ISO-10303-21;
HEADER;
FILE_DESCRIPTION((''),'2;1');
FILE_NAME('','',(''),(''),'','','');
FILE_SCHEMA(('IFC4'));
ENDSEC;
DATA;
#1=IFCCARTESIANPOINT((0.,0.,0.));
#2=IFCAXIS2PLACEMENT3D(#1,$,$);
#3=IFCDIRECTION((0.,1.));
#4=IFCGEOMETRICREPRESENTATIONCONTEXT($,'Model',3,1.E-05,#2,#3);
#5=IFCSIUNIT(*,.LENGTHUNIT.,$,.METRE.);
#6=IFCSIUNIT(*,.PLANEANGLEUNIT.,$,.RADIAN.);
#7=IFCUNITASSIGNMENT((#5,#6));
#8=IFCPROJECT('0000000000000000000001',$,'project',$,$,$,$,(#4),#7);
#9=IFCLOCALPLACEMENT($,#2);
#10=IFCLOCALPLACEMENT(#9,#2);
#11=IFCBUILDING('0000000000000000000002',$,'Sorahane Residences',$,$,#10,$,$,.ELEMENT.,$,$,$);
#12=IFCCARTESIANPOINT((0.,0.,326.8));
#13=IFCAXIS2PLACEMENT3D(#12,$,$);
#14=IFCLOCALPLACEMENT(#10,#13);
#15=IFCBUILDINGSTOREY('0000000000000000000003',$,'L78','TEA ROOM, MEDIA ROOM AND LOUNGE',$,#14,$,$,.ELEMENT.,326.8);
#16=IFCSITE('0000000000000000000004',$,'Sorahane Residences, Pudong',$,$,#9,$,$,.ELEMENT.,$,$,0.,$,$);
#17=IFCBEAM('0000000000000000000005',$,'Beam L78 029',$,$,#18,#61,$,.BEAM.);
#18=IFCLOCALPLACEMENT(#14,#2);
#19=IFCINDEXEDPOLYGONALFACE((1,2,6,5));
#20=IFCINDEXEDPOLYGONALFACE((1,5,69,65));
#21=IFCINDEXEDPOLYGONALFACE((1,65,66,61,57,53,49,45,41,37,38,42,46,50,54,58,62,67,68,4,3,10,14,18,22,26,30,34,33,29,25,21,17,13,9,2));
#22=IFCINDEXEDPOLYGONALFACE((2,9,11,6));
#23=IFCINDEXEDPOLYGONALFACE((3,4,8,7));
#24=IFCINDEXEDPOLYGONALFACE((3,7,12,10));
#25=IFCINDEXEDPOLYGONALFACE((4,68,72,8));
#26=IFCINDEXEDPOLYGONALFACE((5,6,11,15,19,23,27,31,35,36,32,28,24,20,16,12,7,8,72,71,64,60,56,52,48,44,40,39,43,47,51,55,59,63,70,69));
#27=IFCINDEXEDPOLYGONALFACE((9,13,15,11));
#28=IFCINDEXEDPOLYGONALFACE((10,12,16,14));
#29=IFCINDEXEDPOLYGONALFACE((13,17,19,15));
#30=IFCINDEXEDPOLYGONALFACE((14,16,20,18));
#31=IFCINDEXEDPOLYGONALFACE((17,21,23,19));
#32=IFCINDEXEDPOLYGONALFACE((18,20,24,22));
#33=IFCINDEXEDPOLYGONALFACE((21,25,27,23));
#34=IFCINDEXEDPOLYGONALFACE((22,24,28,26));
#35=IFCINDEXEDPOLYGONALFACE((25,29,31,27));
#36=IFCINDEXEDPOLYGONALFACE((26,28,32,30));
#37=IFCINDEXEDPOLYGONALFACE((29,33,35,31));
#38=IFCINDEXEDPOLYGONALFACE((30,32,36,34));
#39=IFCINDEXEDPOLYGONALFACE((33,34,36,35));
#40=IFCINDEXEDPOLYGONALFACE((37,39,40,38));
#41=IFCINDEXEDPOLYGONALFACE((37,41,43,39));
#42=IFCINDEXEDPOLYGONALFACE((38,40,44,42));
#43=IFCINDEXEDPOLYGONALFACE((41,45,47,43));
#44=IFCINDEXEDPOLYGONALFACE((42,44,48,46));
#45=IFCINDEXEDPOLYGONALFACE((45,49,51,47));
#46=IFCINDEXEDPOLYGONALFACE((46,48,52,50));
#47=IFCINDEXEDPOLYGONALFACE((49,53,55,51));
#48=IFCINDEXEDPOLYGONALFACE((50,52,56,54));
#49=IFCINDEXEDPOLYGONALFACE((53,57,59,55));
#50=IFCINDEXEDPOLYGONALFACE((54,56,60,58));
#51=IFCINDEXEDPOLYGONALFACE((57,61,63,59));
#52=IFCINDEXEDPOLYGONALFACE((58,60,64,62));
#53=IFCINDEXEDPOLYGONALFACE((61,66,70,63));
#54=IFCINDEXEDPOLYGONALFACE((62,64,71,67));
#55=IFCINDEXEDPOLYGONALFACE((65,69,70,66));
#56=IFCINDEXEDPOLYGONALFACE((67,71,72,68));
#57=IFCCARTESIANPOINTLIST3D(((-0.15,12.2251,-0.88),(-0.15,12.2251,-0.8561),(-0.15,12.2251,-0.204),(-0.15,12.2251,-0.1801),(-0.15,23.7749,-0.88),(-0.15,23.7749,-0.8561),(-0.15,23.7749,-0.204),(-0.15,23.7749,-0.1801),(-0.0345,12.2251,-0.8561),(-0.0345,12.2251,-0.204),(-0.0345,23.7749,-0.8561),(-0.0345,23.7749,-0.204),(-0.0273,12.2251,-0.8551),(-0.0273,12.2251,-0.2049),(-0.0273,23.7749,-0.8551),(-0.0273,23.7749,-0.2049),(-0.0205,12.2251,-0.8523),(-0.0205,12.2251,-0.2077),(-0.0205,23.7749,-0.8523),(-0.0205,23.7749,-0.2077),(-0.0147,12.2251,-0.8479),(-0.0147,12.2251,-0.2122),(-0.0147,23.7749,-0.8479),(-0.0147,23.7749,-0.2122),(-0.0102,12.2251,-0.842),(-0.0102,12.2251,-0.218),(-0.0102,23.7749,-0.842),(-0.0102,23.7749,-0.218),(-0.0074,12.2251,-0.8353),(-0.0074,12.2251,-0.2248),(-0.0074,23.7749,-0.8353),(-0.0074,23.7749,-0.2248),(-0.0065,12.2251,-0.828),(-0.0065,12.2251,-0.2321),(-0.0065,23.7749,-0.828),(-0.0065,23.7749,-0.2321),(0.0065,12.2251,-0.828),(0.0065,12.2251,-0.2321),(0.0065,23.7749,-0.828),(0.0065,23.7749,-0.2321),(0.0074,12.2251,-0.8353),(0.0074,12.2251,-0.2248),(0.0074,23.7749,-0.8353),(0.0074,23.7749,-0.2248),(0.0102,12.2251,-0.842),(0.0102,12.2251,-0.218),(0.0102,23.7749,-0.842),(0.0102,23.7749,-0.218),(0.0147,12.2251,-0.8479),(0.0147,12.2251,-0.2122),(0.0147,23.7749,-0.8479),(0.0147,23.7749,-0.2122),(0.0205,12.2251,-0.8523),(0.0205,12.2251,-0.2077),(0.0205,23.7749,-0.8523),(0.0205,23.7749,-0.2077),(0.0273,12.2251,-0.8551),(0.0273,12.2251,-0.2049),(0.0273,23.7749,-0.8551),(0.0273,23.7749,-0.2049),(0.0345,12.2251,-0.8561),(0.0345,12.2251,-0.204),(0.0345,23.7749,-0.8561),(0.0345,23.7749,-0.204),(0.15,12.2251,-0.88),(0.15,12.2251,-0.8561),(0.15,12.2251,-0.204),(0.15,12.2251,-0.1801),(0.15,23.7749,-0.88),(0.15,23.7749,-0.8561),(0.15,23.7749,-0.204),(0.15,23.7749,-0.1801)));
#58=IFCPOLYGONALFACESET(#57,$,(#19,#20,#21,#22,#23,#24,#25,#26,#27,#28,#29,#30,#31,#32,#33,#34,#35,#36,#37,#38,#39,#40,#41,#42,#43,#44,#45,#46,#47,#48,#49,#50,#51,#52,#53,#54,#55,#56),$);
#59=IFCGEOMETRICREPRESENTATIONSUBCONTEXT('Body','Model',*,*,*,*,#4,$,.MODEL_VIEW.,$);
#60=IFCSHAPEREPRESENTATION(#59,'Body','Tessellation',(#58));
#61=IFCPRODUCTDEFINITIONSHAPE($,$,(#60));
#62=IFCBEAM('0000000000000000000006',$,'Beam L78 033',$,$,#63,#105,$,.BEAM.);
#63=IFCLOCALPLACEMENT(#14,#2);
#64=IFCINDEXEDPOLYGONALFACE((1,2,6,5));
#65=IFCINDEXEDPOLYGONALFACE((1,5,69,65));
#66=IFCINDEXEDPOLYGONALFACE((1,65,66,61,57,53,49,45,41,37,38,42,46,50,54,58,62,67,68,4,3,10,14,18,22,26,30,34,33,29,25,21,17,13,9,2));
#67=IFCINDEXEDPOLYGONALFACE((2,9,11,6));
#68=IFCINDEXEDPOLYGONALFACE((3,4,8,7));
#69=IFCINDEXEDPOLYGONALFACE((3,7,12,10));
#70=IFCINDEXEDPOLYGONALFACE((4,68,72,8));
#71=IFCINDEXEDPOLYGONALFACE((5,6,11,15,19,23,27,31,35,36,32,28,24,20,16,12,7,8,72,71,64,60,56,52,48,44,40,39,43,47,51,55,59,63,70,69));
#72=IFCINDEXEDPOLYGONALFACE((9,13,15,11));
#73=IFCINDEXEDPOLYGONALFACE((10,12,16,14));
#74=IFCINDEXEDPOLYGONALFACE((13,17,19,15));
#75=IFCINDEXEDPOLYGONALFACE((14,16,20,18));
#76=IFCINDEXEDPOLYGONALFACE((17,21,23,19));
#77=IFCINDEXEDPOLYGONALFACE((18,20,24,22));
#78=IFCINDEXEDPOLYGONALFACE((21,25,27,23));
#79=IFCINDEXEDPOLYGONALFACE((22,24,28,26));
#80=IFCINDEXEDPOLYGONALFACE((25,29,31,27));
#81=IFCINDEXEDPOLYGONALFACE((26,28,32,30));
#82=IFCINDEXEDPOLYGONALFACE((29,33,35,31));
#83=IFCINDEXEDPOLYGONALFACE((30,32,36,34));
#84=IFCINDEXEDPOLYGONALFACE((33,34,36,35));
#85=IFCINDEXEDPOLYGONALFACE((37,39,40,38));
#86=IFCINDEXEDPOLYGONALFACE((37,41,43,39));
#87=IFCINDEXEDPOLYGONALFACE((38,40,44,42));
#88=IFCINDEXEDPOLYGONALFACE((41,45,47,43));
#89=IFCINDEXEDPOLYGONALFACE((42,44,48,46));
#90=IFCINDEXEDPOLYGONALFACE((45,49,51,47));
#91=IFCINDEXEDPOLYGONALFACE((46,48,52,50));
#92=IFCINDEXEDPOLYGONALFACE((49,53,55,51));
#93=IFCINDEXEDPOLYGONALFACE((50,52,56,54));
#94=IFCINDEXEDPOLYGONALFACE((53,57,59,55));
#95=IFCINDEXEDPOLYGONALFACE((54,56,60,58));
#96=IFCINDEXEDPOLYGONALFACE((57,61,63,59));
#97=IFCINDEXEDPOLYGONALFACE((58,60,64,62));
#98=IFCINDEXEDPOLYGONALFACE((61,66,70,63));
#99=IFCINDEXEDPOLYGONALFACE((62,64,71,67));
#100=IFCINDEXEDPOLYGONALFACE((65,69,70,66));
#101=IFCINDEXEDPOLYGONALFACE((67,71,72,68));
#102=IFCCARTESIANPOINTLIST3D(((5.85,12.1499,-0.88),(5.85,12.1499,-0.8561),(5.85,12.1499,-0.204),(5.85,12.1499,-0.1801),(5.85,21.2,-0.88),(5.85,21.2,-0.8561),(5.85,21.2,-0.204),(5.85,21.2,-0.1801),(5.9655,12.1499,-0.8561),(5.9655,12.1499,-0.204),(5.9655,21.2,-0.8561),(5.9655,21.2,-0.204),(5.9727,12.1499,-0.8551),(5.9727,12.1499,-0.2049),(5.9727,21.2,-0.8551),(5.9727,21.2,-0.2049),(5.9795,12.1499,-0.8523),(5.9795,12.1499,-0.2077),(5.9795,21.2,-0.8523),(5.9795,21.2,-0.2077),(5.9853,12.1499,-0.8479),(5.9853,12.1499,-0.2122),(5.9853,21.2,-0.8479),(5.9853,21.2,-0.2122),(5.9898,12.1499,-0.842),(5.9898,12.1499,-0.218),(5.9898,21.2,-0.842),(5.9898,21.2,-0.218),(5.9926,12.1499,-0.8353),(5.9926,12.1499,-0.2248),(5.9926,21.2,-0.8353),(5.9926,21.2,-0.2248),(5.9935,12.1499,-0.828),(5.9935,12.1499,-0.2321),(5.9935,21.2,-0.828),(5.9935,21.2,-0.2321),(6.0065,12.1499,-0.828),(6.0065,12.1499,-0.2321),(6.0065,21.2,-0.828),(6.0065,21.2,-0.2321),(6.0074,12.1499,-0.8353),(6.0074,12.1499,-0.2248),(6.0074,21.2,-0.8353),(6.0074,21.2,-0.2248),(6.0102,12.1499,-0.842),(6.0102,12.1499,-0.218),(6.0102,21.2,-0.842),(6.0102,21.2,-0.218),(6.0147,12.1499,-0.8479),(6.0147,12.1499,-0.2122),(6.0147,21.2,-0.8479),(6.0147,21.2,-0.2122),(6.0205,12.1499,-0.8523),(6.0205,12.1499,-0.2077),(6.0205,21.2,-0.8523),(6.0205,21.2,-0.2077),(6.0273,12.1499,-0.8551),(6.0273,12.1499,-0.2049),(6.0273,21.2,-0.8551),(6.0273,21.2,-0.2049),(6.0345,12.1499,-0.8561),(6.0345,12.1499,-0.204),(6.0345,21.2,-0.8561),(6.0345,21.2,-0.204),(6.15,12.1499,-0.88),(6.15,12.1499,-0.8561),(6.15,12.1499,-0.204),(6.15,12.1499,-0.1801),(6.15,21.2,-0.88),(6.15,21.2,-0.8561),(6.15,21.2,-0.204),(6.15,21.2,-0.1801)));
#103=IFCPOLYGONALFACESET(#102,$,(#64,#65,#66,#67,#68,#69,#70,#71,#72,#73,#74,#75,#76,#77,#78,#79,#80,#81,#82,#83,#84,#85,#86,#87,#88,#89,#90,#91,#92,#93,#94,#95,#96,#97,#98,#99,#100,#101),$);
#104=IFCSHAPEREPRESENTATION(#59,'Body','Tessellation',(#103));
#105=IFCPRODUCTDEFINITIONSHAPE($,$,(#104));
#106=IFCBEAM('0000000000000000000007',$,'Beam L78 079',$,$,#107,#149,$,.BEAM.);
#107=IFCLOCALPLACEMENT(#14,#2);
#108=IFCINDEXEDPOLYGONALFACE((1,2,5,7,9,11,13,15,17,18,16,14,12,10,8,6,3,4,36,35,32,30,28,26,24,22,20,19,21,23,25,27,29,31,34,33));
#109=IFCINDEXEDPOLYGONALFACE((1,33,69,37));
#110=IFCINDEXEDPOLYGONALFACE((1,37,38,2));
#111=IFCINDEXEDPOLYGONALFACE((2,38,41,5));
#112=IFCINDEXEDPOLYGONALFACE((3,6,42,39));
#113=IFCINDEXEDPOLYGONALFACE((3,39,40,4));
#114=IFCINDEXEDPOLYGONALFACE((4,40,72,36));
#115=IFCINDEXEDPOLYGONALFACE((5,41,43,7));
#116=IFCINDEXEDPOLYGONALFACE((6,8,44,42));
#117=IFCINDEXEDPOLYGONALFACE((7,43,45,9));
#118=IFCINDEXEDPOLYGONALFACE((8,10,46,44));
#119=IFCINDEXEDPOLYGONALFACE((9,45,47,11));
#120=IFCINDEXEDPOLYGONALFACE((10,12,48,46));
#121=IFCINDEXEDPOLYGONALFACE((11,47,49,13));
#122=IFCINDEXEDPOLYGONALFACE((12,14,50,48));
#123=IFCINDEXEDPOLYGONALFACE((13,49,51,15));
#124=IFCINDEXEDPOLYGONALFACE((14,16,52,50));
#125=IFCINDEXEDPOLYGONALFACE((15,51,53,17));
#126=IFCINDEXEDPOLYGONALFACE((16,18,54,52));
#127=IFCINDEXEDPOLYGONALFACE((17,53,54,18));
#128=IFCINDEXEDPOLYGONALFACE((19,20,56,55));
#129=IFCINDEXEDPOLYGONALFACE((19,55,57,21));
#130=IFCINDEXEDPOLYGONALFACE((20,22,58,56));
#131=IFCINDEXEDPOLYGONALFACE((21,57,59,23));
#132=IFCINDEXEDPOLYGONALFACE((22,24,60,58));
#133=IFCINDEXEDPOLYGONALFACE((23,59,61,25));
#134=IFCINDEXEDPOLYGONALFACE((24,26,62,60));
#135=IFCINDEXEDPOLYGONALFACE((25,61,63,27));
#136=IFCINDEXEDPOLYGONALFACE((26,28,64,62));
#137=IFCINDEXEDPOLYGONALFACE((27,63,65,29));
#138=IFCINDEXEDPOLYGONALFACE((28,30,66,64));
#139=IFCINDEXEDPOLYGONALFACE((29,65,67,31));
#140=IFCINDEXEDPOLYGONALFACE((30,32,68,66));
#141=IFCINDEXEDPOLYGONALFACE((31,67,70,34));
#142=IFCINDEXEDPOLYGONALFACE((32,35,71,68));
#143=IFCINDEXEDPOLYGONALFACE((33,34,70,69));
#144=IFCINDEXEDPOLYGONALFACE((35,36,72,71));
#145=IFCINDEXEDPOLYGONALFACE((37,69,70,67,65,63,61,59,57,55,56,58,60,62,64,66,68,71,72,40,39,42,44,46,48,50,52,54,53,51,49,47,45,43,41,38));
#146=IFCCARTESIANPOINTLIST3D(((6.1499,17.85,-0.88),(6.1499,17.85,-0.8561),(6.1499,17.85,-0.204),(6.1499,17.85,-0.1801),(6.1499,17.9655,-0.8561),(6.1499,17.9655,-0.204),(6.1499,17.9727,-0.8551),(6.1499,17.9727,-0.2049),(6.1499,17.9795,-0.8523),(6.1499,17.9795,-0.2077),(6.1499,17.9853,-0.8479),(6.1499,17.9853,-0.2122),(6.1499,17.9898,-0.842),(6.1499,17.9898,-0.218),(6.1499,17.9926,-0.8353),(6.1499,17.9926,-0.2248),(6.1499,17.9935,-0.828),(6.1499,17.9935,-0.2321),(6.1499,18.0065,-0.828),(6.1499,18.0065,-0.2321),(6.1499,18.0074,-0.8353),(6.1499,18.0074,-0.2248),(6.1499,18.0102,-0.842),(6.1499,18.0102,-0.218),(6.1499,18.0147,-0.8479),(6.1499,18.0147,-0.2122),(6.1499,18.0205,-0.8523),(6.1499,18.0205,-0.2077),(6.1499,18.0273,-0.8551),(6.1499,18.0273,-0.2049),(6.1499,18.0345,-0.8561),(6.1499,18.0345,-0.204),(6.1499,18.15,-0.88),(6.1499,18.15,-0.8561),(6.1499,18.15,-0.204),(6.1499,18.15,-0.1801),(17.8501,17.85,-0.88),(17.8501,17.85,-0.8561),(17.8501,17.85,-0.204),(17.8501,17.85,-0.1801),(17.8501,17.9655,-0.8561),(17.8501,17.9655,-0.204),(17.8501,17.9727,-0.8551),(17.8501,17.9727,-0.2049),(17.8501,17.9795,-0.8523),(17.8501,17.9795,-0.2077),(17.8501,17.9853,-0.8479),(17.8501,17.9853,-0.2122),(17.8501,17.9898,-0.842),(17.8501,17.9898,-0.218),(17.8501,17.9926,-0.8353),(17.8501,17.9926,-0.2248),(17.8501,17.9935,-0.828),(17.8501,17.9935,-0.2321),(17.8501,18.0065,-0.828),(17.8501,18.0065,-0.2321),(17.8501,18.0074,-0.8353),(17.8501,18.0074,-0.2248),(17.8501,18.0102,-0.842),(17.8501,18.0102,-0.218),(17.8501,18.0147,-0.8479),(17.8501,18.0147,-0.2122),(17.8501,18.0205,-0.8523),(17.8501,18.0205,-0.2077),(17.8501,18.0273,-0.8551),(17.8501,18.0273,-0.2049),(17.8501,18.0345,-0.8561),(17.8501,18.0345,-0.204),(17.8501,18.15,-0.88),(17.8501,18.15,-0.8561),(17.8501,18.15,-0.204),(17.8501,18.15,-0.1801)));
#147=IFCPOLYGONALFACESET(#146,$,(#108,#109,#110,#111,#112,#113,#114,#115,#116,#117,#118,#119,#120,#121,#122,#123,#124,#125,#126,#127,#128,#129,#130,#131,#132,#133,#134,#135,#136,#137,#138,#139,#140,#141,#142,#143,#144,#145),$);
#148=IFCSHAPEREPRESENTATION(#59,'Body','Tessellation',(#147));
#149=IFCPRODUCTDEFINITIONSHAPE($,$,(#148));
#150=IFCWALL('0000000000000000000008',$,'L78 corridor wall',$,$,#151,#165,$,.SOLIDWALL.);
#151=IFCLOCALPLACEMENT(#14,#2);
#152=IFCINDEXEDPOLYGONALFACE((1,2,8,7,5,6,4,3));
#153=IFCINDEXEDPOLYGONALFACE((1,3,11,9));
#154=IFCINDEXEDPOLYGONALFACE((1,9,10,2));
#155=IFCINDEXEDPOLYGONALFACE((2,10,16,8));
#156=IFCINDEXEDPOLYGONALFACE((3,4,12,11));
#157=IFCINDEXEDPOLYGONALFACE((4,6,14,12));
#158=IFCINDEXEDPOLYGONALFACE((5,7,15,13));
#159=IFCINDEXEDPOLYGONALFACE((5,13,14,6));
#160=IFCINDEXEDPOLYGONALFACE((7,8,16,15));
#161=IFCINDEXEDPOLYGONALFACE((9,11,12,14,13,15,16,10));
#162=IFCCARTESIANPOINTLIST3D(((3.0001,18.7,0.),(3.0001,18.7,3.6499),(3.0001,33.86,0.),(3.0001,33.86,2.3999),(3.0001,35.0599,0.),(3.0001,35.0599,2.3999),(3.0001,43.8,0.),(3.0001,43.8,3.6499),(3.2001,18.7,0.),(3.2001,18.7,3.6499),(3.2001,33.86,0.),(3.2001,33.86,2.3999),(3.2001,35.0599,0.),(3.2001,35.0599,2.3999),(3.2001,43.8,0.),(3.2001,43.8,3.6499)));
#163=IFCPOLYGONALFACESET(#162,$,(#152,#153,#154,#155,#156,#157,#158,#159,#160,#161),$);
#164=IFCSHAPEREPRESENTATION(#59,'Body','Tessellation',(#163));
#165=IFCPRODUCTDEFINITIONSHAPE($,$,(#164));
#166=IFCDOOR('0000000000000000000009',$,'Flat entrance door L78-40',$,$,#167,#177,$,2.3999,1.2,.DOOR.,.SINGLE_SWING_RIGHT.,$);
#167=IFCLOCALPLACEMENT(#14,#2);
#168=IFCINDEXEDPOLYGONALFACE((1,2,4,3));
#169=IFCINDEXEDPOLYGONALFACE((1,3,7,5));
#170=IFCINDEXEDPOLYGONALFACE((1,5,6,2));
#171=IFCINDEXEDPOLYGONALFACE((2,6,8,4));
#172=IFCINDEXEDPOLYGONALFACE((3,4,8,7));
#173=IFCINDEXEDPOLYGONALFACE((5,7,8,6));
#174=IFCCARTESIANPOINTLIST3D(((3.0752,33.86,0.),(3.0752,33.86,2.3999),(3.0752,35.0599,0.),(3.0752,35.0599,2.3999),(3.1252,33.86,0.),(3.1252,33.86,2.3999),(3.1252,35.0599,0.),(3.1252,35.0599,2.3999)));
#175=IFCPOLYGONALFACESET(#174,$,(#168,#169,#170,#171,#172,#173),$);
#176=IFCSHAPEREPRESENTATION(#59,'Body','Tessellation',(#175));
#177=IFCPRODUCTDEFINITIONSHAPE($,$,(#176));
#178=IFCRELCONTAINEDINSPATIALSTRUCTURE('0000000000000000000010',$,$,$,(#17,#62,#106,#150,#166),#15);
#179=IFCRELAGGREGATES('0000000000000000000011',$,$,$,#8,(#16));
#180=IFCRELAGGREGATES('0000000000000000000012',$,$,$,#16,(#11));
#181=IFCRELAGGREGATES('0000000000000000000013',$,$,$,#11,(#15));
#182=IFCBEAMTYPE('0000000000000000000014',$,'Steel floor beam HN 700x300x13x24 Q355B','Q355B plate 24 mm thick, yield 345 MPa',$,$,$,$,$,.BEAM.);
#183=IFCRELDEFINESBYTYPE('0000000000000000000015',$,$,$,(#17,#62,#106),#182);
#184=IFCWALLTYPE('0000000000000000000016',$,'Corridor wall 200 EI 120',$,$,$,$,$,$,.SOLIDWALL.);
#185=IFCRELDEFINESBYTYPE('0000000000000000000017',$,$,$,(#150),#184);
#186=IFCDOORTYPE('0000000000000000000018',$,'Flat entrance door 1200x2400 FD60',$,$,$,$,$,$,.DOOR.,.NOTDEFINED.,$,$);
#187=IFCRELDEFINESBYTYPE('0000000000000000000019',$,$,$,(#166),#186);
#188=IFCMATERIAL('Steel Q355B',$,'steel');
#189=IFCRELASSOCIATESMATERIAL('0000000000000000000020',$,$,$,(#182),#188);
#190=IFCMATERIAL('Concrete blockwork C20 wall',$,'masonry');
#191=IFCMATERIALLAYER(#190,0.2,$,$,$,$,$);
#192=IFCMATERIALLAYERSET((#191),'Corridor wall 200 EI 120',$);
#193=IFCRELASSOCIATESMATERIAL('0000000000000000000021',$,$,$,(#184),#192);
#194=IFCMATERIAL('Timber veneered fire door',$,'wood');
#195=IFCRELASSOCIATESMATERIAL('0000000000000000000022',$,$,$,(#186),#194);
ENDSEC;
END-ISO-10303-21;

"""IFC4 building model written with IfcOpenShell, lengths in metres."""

from ifc_helpers import new_model, si_unit, direction, frame, frame_2d, origin, origin_2d, place, context, subcontext, project, spatial, rectangle, i_section, extrude, material, layer, layer_set, material_profile, profile_set, type_object, element, fill, save


model = new_model("IFC4")

# Units and contexts
model_context = context("Model", 3, precision=1e-05, world=origin(), true_north=direction((0.0, 1.0)))
body_context = subcontext(model_context, "Body", "Model", "MODEL_VIEW")
ifc_project = project(units=[si_unit("LENGTHUNIT", "METRE"), si_unit("PLANEANGLEUNIT", "RADIAN")], contexts=[model_context])

# Site, building, storey
site_placement = place(None, origin())
site = spatial("IfcSite", under=ifc_project, at=site_placement, Name="Sorahane Residences, Pudong", CompositionType="ELEMENT", RefElevation=0.0)
building_placement = place(site_placement, origin())
building = spatial("IfcBuilding", under=site, at=building_placement, Name="Sorahane Residences", CompositionType="ELEMENT")
storey_placement = place(building_placement, frame((0.0, 0.0, 326.8)))
storey = spatial("IfcBuildingStorey", under=building, at=storey_placement, Name="L78", Description="TEA ROOM, MEDIA ROOM AND LOUNGE", CompositionType="ELEMENT", Elevation=326.8)

# Beams
ifc_material_1 = material(Name="Steel Q355B", Category="steel")
ifc_material_profile_1 = material_profile(ifc_material_1, i_section(OverallWidth=0.3, OverallDepth=0.7, WebThickness=0.0129, FlangeThickness=0.0239, FilletRadius=0.0281, at=origin_2d()), Name="HN 700x300x13x24")
ifc_profile_set_1 = profile_set([ifc_material_profile_1], Name="Steel Q355B")
beam_type_1 = type_object("IfcBeamType", Name="Steel floor beam HN 700x300x13x24 Q355B", Description="Q355B plate 24 mm thick, yield 345 MPa", PredefinedType="BEAM", material=ifc_profile_set_1)
for number, where, z_axis, x_axis, name in (
    (1, (0.0, 12.2251, -0.53), (0.0, 1.0, 0.0), (-1.0, 0.0, 0.0), "Beam L78 029"),
):
    element("IfcBeam", number, at=place(storey_placement, frame(where, z_axis=z_axis, x_axis=x_axis)), inside=storey, type_object=beam_type_1, Name=name, PredefinedType="BEAM", context=body_context, shape_type="SweptSolid", body=[
        extrude(i_section(OverallWidth=0.3, OverallDepth=0.7, WebThickness=0.0129, FlangeThickness=0.0239, FilletRadius=0.0281, at=origin_2d()), origin(), (0.0, 0.0, 1.0), 11.5498),
    ])
beam_1_placement = place(storey_placement, frame((6.0, 12.1499, -0.53), z_axis=(0.0, 1.0, 0.0), x_axis=(-1.0, 0.0, 0.0)))
element("IfcBeam", 2, at=beam_1_placement, inside=storey, type_object=beam_type_1, Name="Beam L78 033", PredefinedType="BEAM", context=body_context, shape_type="SweptSolid", body=[
    extrude(i_section(OverallWidth=0.3, OverallDepth=0.7, WebThickness=0.0129, FlangeThickness=0.0239, FilletRadius=0.0281, at=origin_2d()), origin(), (0.0, 0.0, 1.0), 9.05),
])
beam_2_placement = place(storey_placement, frame((6.1499, 18.0, -0.53), z_axis=(1.0, 0.0, 0.0), x_axis=(0.0, 1.0, 0.0)))
element("IfcBeam", 3, at=beam_2_placement, inside=storey, type_object=beam_type_1, Name="Beam L78 079", PredefinedType="BEAM", context=body_context, shape_type="SweptSolid", body=[
    extrude(i_section(OverallWidth=0.3, OverallDepth=0.7, WebThickness=0.0129, FlangeThickness=0.0239, FilletRadius=0.0281, at=origin_2d()), origin(), (0.0, 0.0, 1.0), 11.7002),
])

# Wall, opening, door
ifc_material_2 = material(Name="Concrete blockwork C20 wall", Category="masonry")
ifc_layer_1 = layer(ifc_material_2, 0.2)
ifc_layer_set_1 = layer_set([ifc_layer_1], Name="Corridor wall 200 EI 120")
wall_type_1 = type_object("IfcWallType", Name="Corridor wall 200 EI 120", PredefinedType="SOLIDWALL", material=ifc_layer_set_1)
wall_1_placement = place(storey_placement, frame((3.1001, 18.7, 0.0), z_axis=(0.0, 0.0, 1.0), x_axis=(0.0, 1.0, 0.0)))
wall_1 = element("IfcWall", 4, at=wall_1_placement, inside=storey, type_object=wall_type_1, Name="L78 corridor wall", PredefinedType="SOLIDWALL", context=body_context, shape_type="SweptSolid", body=[
    extrude(rectangle(XDim=25.1001, YDim=0.2, at=frame_2d((12.55, 0.0))), origin(), (0.0, 0.0, 1.0), 3.6499),
])
opening_1_placement = place(wall_1_placement, frame((15.1599, 0.0, 0.0)))
opening_1 = element("IfcOpeningElement", 5, at=opening_1_placement, cuts=wall_1, PredefinedType="OPENING", context=body_context, shape_type="SweptSolid", body=[
    extrude(rectangle(XDim=1.2, YDim=2.3999, at=frame_2d((0.6001, 1.2))), frame((0.0, 0.1099, 0.0), z_axis=(0.0, -1.0, 0.0), x_axis=(1.0, 0.0, 0.0)), (0.0, 0.0, 1.0), 0.22),
])
ifc_material_3 = material(Name="Timber veneered fire door", Category="wood")
door_type = type_object("IfcDoorType", Name="Flat entrance door 1200x2400 FD60", OperationType="NOTDEFINED", PredefinedType="DOOR", material=ifc_material_3)
door_1_placement = place(opening_1_placement, origin())
door_1 = element("IfcDoor", 6, at=door_1_placement, inside=storey, type_object=door_type, Name="Flat entrance door L78-40", OperationType="SINGLE_SWING_RIGHT", OverallHeight=2.3999, OverallWidth=1.2, PredefinedType="DOOR", context=body_context, shape_type="SweptSolid", body=[
    extrude(rectangle(XDim=1.2, YDim=2.3999, at=frame_2d((0.6001, 1.2))), frame((0.0, 0.0249, 0.0), z_axis=(0.0, -1.0, 0.0), x_axis=(1.0, 0.0, 0.0)), (0.0, 0.0, 1.0), 0.05),
])
fill(opening_1, door_1)

save(model, "model.ifc")
